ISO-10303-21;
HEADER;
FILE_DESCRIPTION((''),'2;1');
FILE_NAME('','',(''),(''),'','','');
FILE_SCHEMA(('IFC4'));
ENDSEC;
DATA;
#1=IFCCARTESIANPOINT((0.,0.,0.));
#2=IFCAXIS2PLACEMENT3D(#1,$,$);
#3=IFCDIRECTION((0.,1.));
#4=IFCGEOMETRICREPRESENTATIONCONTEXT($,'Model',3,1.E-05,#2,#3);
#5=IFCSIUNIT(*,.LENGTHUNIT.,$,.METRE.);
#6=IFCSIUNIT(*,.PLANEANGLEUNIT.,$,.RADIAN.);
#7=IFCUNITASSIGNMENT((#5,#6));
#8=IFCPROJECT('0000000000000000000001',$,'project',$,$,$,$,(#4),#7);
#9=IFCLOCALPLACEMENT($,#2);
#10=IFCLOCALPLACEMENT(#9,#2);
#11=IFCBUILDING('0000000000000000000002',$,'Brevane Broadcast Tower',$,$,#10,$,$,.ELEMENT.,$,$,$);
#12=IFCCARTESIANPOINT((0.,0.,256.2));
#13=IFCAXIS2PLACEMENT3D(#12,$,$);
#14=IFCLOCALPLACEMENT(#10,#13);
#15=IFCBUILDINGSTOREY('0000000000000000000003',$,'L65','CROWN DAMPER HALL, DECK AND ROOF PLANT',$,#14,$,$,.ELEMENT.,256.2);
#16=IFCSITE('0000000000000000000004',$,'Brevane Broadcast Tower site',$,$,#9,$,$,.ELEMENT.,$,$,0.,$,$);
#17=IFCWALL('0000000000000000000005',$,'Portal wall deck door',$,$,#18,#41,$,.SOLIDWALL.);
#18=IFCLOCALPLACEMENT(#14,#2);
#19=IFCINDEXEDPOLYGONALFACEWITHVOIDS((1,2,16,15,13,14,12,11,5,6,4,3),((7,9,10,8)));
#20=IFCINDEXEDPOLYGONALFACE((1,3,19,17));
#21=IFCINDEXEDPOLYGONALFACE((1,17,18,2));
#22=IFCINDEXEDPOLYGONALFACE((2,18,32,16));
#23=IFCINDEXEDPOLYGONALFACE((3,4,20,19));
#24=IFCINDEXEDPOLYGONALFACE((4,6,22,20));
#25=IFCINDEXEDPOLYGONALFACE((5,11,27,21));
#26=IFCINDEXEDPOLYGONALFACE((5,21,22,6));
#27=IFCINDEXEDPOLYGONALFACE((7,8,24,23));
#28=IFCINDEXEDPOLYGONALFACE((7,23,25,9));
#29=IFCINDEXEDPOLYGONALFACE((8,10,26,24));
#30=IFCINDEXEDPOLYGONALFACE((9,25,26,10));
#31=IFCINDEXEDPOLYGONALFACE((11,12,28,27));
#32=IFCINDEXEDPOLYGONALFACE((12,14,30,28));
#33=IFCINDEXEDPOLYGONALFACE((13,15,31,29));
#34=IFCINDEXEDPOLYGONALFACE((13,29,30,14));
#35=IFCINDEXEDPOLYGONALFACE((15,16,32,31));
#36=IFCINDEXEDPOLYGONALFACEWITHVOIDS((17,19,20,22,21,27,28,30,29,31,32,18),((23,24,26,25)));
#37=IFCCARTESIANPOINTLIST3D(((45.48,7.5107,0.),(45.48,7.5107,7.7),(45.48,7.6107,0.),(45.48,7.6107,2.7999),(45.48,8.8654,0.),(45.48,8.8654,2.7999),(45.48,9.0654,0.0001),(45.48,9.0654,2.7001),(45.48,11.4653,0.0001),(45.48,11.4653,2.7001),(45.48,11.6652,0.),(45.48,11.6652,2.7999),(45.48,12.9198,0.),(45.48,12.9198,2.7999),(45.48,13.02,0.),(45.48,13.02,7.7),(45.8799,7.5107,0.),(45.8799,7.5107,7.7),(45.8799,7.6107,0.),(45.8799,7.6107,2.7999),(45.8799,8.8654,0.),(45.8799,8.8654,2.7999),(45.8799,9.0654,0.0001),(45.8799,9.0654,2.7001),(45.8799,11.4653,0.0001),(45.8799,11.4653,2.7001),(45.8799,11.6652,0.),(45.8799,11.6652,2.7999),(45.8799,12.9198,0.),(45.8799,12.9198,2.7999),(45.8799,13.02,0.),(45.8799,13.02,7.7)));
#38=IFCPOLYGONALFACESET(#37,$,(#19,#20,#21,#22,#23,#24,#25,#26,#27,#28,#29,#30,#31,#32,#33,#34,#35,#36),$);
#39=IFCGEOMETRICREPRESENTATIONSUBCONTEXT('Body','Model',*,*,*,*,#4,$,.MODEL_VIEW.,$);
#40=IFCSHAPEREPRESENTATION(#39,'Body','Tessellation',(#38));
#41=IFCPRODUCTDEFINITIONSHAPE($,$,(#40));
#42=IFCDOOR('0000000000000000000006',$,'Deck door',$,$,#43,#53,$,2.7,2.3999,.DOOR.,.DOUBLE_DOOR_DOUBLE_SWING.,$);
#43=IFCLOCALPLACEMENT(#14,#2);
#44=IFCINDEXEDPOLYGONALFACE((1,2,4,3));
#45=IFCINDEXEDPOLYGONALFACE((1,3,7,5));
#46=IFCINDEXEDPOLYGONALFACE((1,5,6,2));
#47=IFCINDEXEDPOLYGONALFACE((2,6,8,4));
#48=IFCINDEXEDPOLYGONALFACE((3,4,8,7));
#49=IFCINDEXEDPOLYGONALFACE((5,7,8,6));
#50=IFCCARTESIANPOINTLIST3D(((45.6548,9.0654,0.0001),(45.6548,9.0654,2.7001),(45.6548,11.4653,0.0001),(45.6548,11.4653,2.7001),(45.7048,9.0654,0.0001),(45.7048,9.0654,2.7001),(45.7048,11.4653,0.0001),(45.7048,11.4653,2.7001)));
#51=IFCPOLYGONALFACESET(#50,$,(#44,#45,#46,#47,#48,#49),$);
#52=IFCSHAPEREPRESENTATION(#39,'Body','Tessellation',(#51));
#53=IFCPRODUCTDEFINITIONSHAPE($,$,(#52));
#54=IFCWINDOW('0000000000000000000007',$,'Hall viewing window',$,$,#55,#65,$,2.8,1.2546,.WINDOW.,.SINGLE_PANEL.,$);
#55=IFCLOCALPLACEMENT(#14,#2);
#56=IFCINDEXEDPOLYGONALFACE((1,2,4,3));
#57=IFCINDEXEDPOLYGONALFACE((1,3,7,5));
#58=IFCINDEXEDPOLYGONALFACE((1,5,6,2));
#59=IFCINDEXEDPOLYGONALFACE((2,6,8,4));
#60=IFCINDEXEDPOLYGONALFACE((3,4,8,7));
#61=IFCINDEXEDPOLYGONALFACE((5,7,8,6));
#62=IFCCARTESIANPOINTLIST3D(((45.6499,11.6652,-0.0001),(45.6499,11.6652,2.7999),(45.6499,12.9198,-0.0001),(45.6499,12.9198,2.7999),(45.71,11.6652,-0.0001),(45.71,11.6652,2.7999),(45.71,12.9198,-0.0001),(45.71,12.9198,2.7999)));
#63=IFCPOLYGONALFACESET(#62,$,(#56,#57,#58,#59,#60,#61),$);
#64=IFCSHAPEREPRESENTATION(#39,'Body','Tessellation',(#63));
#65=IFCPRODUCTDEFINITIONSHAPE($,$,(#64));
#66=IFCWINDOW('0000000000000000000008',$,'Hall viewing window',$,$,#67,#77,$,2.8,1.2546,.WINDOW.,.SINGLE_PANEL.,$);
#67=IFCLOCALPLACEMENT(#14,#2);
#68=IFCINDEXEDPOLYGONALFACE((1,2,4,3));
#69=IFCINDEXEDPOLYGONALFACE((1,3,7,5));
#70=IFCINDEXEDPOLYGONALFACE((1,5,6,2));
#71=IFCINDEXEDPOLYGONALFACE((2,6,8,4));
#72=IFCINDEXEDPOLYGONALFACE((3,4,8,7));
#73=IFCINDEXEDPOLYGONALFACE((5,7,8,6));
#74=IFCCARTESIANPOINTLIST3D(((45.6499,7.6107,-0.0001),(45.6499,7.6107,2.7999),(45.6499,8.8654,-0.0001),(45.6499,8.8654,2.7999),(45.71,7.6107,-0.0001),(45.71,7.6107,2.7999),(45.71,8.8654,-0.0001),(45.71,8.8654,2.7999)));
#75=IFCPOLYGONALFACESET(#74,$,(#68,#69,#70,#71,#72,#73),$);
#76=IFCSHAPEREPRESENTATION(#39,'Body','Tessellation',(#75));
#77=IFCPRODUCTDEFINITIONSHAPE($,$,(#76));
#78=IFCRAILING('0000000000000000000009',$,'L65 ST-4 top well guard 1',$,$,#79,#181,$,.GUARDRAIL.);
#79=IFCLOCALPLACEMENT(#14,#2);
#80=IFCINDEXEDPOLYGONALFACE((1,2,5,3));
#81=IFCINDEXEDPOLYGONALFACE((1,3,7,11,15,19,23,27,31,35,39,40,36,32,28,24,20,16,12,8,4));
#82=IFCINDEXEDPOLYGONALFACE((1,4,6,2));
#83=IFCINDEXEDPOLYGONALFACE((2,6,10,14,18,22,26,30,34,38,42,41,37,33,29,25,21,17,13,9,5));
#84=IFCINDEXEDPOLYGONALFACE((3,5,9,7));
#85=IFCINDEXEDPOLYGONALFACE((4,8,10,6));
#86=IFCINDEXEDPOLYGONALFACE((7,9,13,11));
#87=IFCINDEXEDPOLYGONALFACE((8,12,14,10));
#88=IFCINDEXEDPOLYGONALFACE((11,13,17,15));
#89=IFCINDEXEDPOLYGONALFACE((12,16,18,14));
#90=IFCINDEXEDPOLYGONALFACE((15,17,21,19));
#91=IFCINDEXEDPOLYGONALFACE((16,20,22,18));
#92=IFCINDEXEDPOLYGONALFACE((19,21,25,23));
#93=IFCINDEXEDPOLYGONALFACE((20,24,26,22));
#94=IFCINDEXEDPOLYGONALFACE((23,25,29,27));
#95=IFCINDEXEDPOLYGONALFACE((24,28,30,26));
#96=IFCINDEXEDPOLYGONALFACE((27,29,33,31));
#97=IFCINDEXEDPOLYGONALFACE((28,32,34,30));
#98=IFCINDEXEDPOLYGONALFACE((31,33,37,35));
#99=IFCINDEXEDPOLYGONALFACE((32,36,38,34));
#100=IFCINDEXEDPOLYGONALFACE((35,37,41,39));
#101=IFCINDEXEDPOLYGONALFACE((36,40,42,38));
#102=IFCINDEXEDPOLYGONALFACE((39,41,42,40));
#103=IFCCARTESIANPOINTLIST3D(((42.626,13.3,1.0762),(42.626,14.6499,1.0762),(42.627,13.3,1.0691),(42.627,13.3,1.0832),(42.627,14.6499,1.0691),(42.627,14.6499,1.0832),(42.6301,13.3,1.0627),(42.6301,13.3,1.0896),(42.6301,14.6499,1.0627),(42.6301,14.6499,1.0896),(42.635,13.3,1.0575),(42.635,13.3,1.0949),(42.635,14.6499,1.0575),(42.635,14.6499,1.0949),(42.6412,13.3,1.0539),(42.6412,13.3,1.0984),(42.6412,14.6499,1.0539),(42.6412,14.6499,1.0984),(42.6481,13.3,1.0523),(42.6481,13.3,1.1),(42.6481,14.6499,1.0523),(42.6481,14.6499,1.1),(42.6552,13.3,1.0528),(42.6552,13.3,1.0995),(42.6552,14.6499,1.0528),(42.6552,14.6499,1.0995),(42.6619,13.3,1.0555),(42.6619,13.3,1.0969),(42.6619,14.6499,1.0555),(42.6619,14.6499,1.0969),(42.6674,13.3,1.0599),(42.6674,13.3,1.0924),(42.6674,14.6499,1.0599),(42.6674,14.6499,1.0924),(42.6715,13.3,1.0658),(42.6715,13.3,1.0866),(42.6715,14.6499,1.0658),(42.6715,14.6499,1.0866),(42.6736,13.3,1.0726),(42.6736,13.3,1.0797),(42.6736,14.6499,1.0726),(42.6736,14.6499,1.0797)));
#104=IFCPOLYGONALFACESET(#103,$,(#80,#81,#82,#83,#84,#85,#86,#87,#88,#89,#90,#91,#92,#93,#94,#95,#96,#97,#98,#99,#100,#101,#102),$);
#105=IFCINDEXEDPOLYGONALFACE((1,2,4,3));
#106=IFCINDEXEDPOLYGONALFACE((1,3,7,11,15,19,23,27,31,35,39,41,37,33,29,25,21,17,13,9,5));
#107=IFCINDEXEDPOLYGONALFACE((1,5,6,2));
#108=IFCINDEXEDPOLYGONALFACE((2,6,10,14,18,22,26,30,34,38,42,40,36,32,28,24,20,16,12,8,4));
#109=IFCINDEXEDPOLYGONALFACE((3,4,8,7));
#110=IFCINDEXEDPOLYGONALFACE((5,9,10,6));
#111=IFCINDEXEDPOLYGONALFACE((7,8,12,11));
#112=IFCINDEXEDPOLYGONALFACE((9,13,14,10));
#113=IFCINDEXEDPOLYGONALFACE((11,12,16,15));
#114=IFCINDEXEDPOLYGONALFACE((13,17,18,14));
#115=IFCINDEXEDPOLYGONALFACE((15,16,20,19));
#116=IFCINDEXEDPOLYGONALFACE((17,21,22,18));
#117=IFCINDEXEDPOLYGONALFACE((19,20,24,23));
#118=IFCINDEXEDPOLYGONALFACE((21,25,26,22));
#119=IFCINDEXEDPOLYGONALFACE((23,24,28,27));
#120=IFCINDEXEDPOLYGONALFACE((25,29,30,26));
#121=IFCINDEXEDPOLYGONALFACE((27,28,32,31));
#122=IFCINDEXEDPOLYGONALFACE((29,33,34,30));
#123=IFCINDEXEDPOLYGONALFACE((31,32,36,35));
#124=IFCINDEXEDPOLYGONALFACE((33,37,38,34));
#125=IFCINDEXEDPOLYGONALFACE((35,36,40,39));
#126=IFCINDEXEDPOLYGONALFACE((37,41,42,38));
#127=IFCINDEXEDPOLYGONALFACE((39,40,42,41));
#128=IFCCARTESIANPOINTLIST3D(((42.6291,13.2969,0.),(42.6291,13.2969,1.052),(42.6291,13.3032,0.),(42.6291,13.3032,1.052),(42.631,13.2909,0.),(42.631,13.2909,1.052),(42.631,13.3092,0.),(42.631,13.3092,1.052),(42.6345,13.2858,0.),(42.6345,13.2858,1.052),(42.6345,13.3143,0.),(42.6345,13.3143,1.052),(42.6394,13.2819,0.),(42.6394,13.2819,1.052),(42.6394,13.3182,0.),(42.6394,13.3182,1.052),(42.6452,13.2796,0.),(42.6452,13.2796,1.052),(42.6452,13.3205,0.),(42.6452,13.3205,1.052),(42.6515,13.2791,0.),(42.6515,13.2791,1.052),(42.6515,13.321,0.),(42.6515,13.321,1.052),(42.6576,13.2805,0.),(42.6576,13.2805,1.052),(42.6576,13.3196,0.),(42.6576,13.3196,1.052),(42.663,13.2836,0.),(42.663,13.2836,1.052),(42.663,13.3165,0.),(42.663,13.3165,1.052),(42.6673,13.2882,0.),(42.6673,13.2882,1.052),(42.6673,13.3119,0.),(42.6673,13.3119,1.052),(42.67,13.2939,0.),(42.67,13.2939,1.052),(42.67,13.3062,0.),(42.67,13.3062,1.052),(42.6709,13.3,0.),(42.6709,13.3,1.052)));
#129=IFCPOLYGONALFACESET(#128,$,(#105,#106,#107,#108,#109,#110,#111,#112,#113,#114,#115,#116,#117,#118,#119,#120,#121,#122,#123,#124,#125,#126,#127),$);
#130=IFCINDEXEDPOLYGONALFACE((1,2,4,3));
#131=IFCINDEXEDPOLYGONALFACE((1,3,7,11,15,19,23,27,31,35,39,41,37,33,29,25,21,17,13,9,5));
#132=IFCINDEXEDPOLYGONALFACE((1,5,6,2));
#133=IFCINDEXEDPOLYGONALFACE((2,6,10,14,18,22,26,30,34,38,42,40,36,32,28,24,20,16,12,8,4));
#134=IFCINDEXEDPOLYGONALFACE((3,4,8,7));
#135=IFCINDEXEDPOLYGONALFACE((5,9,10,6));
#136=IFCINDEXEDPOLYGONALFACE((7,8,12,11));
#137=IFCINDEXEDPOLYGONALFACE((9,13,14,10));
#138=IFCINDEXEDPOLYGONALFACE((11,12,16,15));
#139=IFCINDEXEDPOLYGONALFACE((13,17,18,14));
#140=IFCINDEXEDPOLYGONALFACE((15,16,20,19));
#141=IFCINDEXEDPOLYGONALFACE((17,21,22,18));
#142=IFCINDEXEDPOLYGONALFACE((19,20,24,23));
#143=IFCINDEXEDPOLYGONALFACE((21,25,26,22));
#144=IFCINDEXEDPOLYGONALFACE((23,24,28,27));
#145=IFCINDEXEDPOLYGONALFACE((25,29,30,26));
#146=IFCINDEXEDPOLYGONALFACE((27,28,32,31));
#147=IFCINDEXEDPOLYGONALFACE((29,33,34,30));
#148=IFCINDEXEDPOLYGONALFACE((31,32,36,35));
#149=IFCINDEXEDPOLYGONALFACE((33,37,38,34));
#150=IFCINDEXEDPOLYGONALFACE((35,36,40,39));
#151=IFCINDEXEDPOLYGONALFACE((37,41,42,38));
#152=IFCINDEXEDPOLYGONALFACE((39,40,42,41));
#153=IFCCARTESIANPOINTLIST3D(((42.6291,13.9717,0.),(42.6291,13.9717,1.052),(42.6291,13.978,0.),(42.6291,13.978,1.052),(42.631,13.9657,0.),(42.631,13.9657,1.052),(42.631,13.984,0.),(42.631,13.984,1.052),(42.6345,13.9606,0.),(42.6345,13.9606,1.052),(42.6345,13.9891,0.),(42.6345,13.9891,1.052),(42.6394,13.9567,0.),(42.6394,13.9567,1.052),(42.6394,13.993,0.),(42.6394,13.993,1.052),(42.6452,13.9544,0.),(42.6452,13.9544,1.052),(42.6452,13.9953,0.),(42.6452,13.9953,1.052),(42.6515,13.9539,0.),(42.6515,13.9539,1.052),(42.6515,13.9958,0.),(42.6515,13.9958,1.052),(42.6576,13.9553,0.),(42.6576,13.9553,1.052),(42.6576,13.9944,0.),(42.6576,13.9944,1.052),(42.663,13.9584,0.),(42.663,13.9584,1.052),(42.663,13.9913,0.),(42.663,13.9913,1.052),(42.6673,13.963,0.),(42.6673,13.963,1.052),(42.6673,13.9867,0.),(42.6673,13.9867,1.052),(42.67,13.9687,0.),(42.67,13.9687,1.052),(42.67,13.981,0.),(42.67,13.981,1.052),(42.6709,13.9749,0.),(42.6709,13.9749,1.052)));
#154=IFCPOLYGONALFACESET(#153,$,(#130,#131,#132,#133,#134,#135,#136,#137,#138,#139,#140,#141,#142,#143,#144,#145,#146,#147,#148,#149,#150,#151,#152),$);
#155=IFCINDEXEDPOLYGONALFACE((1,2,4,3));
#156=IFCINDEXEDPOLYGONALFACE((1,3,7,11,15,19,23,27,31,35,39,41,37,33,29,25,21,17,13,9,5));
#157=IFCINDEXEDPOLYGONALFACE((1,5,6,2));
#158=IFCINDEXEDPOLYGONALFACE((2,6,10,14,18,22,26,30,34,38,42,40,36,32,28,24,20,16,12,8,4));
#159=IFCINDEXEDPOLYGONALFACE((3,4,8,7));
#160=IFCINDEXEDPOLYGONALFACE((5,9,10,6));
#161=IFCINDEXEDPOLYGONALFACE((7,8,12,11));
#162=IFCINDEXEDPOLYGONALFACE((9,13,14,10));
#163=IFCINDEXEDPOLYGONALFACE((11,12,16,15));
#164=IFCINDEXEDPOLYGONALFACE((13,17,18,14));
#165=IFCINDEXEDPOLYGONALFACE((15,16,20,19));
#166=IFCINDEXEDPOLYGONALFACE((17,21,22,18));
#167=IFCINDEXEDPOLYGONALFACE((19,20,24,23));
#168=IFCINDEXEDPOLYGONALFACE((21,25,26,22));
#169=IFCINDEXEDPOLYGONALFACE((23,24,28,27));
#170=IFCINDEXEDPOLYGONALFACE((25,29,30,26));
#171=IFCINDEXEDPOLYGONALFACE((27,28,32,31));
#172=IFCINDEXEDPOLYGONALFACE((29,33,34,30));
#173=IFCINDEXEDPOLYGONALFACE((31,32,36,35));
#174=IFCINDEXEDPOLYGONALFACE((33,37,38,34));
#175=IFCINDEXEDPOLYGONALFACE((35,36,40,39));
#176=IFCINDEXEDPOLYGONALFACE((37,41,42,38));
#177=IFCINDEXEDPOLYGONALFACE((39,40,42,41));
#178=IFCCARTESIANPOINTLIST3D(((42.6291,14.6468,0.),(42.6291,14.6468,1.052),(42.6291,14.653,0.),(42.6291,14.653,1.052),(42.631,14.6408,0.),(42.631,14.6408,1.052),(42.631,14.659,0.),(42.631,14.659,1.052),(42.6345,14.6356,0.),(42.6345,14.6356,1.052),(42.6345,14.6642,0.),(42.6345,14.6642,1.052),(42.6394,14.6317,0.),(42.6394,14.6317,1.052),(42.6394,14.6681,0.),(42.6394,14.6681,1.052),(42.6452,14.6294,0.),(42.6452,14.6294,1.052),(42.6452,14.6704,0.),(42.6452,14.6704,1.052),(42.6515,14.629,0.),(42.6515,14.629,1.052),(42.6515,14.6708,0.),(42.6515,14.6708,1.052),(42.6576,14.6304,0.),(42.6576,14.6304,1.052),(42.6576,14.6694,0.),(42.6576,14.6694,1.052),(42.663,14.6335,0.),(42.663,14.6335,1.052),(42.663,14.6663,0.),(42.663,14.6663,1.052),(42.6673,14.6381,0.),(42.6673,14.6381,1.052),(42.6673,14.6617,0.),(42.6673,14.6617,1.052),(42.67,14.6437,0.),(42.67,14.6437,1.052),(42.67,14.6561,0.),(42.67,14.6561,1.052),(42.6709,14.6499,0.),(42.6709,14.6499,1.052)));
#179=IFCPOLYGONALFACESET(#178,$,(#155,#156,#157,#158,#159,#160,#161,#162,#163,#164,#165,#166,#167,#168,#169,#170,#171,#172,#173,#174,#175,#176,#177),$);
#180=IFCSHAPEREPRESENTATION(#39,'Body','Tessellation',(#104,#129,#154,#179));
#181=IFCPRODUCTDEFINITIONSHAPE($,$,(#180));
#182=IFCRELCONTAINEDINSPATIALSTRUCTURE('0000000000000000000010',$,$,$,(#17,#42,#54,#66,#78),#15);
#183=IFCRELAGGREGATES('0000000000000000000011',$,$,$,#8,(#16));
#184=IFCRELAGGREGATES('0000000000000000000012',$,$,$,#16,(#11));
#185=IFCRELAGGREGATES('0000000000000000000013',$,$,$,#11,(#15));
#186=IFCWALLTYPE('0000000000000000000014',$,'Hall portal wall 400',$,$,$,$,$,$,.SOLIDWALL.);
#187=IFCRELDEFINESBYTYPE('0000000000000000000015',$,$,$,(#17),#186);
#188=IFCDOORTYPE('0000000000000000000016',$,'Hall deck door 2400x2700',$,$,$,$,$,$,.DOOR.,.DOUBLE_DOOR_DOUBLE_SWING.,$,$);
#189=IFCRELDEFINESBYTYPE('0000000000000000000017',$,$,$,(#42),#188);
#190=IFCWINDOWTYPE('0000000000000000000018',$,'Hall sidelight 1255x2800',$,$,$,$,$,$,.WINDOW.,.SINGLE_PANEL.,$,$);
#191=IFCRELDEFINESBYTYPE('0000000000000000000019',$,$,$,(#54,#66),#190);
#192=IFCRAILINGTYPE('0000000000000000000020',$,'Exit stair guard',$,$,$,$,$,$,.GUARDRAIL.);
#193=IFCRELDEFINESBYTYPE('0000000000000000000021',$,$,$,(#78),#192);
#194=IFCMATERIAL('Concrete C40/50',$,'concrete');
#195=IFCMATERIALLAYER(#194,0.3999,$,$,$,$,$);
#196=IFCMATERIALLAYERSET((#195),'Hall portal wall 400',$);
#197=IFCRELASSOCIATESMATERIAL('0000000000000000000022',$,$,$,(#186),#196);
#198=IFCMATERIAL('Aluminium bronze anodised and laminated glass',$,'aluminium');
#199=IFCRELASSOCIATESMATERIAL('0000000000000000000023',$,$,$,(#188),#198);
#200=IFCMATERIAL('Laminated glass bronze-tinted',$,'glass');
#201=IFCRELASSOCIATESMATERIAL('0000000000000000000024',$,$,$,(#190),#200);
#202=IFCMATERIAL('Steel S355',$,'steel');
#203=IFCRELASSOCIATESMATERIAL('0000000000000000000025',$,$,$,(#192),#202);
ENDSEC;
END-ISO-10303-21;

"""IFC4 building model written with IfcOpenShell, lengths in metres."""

from ifc_helpers import new_model, si_unit, direction, frame, frame_2d, origin, origin_2d, place, context, subcontext, project, spatial, rectangle, circle, extrude, material, layer, layer_set, type_object, element, fill, save


model = new_model("IFC4")

# Units and contexts
model_context = context("Model", 3, precision=1e-05, world=origin(), true_north=direction((0.0, 1.0)))
body_context = subcontext(model_context, "Body", "Model", "MODEL_VIEW")
ifc_project = project(units=[si_unit("LENGTHUNIT", "METRE"), si_unit("PLANEANGLEUNIT", "RADIAN")], contexts=[model_context])

# Site, building, storey
site_placement = place(None, origin())
site = spatial("IfcSite", under=ifc_project, at=site_placement, Name="Brevane Broadcast Tower site", CompositionType="ELEMENT", RefElevation=0.0)
building_placement = place(site_placement, origin())
building = spatial("IfcBuilding", under=site, at=building_placement, Name="Brevane Broadcast Tower", CompositionType="ELEMENT")
storey_placement = place(building_placement, frame((0.0, 0.0, 256.2)))
storey = spatial("IfcBuildingStorey", under=building, at=storey_placement, Name="L65", Description="CROWN DAMPER HALL, DECK AND ROOF PLANT", CompositionType="ELEMENT", Elevation=256.2)

# Shared definitions
ifc_material_1 = material(Name="Steel S355", Category="steel")

# Shared definitions
ifc_material_2 = material(Name="Laminated glass bronze-tinted", Category="glass")

# Wall, openings, door, windows
ifc_material_3 = material(Name="Concrete C40/50", Category="concrete")
ifc_layer_1 = layer(ifc_material_3, 0.3999)
ifc_layer_set_1 = layer_set([ifc_layer_1], Name="Hall portal wall 400")
wall_type_1 = type_object("IfcWallType", Name="Hall portal wall 400", PredefinedType="SOLIDWALL", material=ifc_layer_set_1)
wall_1_placement = place(storey_placement, frame((45.6799, 13.02, 0.0), z_axis=(0.0, 0.0, 1.0), x_axis=(0.0, -1.0, 0.0)))
wall_1 = element("IfcWall", 1, at=wall_1_placement, inside=storey, type_object=wall_type_1, Name="Portal wall deck door", PredefinedType="SOLIDWALL", context=body_context, shape_type="SweptSolid", body=[
    extrude(rectangle(XDim=5.5093, YDim=0.3999, at=frame_2d((2.7546, 0.0))), origin(), (0.0, 0.0, 1.0), 7.7),
])
opening_1_placement = place(wall_1_placement, frame((1.5547, 0.0, 0.0)))
opening_1 = element("IfcOpeningElement", 2, at=opening_1_placement, cuts=wall_1, PredefinedType="OPENING", context=body_context, shape_type="SweptSolid", body=[
    extrude(rectangle(XDim=2.3999, YDim=2.7, at=frame_2d((1.2, 1.3501))), frame((0.0, 0.21, 0.0), z_axis=(0.0, -1.0, 0.0), x_axis=(1.0, 0.0, 0.0)), (0.0, 0.0, 1.0), 0.4199),
])
opening_2_placement = place(wall_1_placement, frame((0.1001, 0.0, 0.0)))
opening_2 = element("IfcOpeningElement", 3, at=opening_2_placement, cuts=wall_1, PredefinedType="OPENING", context=body_context, shape_type="SweptSolid", body=[
    extrude(rectangle(XDim=1.2546, YDim=2.8, at=frame_2d((0.6274, 1.3999))), frame((0.0, 0.21, 0.0), z_axis=(0.0, -1.0, 0.0), x_axis=(1.0, 0.0, 0.0)), (0.0, 0.0, 1.0), 0.4199),
])
opening_3_placement = place(wall_1_placement, frame((4.1545, 0.0, 0.0)))
opening_3 = element("IfcOpeningElement", 4, at=opening_3_placement, cuts=wall_1, PredefinedType="OPENING", context=body_context, shape_type="SweptSolid", body=[
    extrude(rectangle(XDim=1.2546, YDim=2.8, at=frame_2d((0.6274, 1.3999))), frame((0.0, 0.21, 0.0), z_axis=(0.0, -1.0, 0.0), x_axis=(1.0, 0.0, 0.0)), (0.0, 0.0, 1.0), 0.4199),
])
ifc_material_4 = material(Name="Aluminium bronze anodised and laminated glass", Category="aluminium")
door_type_1 = type_object("IfcDoorType", Name="Hall deck door 2400x2700", OperationType="DOUBLE_DOOR_DOUBLE_SWING", PredefinedType="DOOR", material=ifc_material_4)
door_1_placement = place(opening_1_placement, origin())
door_1 = element("IfcDoor", 5, at=door_1_placement, inside=storey, type_object=door_type_1, Name="Deck door", OperationType="DOUBLE_DOOR_DOUBLE_SWING", OverallHeight=2.7, OverallWidth=2.3999, PredefinedType="DOOR", context=body_context, shape_type="SweptSolid", body=[
    extrude(rectangle(XDim=2.3999, YDim=2.7, at=frame_2d((1.2, 1.3501))), frame((0.0, 0.0249, 0.0), z_axis=(0.0, -1.0, 0.0), x_axis=(1.0, 0.0, 0.0)), (0.0, 0.0, 1.0), 0.05),
])
fill(opening_1, door_1)
window_type = type_object("IfcWindowType", Name="Hall sidelight 1255x2800", PartitioningType="SINGLE_PANEL", PredefinedType="WINDOW", material=ifc_material_2)
window_1_placement = place(opening_2_placement, origin())
window_1 = element("IfcWindow", 6, at=window_1_placement, inside=storey, type_object=window_type, Name="Hall viewing window", OverallHeight=2.8, OverallWidth=1.2546, PartitioningType="SINGLE_PANEL", PredefinedType="WINDOW", context=body_context, shape_type="SweptSolid", body=[
    extrude(rectangle(XDim=1.2546, YDim=2.8, at=frame_2d((0.6274, 1.3999))), frame((0.0, 0.03, 0.0), z_axis=(0.0, -1.0, 0.0), x_axis=(1.0, 0.0, 0.0)), (0.0, 0.0, 1.0), 0.0601),
])
fill(opening_2, window_1)
window_2_placement = place(opening_3_placement, origin())
window_2 = element("IfcWindow", 7, at=window_2_placement, inside=storey, type_object=window_type, Name="Hall viewing window", OverallHeight=2.8, OverallWidth=1.2546, PartitioningType="SINGLE_PANEL", PredefinedType="WINDOW", context=body_context, shape_type="SweptSolid", body=[
    extrude(rectangle(XDim=1.2546, YDim=2.8, at=frame_2d((0.6274, 1.3999))), frame((0.0, 0.03, 0.0), z_axis=(0.0, -1.0, 0.0), x_axis=(1.0, 0.0, 0.0)), (0.0, 0.0, 1.0), 0.0601),
])
fill(opening_3, window_2)

# Railing
railing_type = type_object("IfcRailingType", Name="Exit stair guard", PredefinedType="GUARDRAIL", material=ifc_material_1)
railing_placement = place(storey_placement, frame((42.6499, 13.3, 0.0)))
element("IfcRailing", 8, at=railing_placement, inside=storey, type_object=railing_type, Name="L65 ST-4 top well guard 1", PredefinedType="GUARDRAIL", context=body_context, shape_type="SweptSolid", body=[
    extrude(circle(Radius=0.0239, at=origin_2d()), frame((0.0, 0.0, 1.0762), z_axis=(0.0, 1.0, 0.0), x_axis=(-1.0, 0.0, 0.0)), (0.0, 0.0, 1.0), 1.3499),
    extrude(circle(Radius=0.021, at=origin_2d()), origin(), (0.0, 0.0, 1.0), 1.052),
    extrude(circle(Radius=0.021, at=origin_2d()), frame((0.0, 0.6748, 0.0)), (0.0, 0.0, 1.0), 1.052),
    extrude(circle(Radius=0.021, at=origin_2d()), frame((0.0, 1.3499, 0.0)), (0.0, 0.0, 1.0), 1.052),
])

save(model, "model.ifc")
